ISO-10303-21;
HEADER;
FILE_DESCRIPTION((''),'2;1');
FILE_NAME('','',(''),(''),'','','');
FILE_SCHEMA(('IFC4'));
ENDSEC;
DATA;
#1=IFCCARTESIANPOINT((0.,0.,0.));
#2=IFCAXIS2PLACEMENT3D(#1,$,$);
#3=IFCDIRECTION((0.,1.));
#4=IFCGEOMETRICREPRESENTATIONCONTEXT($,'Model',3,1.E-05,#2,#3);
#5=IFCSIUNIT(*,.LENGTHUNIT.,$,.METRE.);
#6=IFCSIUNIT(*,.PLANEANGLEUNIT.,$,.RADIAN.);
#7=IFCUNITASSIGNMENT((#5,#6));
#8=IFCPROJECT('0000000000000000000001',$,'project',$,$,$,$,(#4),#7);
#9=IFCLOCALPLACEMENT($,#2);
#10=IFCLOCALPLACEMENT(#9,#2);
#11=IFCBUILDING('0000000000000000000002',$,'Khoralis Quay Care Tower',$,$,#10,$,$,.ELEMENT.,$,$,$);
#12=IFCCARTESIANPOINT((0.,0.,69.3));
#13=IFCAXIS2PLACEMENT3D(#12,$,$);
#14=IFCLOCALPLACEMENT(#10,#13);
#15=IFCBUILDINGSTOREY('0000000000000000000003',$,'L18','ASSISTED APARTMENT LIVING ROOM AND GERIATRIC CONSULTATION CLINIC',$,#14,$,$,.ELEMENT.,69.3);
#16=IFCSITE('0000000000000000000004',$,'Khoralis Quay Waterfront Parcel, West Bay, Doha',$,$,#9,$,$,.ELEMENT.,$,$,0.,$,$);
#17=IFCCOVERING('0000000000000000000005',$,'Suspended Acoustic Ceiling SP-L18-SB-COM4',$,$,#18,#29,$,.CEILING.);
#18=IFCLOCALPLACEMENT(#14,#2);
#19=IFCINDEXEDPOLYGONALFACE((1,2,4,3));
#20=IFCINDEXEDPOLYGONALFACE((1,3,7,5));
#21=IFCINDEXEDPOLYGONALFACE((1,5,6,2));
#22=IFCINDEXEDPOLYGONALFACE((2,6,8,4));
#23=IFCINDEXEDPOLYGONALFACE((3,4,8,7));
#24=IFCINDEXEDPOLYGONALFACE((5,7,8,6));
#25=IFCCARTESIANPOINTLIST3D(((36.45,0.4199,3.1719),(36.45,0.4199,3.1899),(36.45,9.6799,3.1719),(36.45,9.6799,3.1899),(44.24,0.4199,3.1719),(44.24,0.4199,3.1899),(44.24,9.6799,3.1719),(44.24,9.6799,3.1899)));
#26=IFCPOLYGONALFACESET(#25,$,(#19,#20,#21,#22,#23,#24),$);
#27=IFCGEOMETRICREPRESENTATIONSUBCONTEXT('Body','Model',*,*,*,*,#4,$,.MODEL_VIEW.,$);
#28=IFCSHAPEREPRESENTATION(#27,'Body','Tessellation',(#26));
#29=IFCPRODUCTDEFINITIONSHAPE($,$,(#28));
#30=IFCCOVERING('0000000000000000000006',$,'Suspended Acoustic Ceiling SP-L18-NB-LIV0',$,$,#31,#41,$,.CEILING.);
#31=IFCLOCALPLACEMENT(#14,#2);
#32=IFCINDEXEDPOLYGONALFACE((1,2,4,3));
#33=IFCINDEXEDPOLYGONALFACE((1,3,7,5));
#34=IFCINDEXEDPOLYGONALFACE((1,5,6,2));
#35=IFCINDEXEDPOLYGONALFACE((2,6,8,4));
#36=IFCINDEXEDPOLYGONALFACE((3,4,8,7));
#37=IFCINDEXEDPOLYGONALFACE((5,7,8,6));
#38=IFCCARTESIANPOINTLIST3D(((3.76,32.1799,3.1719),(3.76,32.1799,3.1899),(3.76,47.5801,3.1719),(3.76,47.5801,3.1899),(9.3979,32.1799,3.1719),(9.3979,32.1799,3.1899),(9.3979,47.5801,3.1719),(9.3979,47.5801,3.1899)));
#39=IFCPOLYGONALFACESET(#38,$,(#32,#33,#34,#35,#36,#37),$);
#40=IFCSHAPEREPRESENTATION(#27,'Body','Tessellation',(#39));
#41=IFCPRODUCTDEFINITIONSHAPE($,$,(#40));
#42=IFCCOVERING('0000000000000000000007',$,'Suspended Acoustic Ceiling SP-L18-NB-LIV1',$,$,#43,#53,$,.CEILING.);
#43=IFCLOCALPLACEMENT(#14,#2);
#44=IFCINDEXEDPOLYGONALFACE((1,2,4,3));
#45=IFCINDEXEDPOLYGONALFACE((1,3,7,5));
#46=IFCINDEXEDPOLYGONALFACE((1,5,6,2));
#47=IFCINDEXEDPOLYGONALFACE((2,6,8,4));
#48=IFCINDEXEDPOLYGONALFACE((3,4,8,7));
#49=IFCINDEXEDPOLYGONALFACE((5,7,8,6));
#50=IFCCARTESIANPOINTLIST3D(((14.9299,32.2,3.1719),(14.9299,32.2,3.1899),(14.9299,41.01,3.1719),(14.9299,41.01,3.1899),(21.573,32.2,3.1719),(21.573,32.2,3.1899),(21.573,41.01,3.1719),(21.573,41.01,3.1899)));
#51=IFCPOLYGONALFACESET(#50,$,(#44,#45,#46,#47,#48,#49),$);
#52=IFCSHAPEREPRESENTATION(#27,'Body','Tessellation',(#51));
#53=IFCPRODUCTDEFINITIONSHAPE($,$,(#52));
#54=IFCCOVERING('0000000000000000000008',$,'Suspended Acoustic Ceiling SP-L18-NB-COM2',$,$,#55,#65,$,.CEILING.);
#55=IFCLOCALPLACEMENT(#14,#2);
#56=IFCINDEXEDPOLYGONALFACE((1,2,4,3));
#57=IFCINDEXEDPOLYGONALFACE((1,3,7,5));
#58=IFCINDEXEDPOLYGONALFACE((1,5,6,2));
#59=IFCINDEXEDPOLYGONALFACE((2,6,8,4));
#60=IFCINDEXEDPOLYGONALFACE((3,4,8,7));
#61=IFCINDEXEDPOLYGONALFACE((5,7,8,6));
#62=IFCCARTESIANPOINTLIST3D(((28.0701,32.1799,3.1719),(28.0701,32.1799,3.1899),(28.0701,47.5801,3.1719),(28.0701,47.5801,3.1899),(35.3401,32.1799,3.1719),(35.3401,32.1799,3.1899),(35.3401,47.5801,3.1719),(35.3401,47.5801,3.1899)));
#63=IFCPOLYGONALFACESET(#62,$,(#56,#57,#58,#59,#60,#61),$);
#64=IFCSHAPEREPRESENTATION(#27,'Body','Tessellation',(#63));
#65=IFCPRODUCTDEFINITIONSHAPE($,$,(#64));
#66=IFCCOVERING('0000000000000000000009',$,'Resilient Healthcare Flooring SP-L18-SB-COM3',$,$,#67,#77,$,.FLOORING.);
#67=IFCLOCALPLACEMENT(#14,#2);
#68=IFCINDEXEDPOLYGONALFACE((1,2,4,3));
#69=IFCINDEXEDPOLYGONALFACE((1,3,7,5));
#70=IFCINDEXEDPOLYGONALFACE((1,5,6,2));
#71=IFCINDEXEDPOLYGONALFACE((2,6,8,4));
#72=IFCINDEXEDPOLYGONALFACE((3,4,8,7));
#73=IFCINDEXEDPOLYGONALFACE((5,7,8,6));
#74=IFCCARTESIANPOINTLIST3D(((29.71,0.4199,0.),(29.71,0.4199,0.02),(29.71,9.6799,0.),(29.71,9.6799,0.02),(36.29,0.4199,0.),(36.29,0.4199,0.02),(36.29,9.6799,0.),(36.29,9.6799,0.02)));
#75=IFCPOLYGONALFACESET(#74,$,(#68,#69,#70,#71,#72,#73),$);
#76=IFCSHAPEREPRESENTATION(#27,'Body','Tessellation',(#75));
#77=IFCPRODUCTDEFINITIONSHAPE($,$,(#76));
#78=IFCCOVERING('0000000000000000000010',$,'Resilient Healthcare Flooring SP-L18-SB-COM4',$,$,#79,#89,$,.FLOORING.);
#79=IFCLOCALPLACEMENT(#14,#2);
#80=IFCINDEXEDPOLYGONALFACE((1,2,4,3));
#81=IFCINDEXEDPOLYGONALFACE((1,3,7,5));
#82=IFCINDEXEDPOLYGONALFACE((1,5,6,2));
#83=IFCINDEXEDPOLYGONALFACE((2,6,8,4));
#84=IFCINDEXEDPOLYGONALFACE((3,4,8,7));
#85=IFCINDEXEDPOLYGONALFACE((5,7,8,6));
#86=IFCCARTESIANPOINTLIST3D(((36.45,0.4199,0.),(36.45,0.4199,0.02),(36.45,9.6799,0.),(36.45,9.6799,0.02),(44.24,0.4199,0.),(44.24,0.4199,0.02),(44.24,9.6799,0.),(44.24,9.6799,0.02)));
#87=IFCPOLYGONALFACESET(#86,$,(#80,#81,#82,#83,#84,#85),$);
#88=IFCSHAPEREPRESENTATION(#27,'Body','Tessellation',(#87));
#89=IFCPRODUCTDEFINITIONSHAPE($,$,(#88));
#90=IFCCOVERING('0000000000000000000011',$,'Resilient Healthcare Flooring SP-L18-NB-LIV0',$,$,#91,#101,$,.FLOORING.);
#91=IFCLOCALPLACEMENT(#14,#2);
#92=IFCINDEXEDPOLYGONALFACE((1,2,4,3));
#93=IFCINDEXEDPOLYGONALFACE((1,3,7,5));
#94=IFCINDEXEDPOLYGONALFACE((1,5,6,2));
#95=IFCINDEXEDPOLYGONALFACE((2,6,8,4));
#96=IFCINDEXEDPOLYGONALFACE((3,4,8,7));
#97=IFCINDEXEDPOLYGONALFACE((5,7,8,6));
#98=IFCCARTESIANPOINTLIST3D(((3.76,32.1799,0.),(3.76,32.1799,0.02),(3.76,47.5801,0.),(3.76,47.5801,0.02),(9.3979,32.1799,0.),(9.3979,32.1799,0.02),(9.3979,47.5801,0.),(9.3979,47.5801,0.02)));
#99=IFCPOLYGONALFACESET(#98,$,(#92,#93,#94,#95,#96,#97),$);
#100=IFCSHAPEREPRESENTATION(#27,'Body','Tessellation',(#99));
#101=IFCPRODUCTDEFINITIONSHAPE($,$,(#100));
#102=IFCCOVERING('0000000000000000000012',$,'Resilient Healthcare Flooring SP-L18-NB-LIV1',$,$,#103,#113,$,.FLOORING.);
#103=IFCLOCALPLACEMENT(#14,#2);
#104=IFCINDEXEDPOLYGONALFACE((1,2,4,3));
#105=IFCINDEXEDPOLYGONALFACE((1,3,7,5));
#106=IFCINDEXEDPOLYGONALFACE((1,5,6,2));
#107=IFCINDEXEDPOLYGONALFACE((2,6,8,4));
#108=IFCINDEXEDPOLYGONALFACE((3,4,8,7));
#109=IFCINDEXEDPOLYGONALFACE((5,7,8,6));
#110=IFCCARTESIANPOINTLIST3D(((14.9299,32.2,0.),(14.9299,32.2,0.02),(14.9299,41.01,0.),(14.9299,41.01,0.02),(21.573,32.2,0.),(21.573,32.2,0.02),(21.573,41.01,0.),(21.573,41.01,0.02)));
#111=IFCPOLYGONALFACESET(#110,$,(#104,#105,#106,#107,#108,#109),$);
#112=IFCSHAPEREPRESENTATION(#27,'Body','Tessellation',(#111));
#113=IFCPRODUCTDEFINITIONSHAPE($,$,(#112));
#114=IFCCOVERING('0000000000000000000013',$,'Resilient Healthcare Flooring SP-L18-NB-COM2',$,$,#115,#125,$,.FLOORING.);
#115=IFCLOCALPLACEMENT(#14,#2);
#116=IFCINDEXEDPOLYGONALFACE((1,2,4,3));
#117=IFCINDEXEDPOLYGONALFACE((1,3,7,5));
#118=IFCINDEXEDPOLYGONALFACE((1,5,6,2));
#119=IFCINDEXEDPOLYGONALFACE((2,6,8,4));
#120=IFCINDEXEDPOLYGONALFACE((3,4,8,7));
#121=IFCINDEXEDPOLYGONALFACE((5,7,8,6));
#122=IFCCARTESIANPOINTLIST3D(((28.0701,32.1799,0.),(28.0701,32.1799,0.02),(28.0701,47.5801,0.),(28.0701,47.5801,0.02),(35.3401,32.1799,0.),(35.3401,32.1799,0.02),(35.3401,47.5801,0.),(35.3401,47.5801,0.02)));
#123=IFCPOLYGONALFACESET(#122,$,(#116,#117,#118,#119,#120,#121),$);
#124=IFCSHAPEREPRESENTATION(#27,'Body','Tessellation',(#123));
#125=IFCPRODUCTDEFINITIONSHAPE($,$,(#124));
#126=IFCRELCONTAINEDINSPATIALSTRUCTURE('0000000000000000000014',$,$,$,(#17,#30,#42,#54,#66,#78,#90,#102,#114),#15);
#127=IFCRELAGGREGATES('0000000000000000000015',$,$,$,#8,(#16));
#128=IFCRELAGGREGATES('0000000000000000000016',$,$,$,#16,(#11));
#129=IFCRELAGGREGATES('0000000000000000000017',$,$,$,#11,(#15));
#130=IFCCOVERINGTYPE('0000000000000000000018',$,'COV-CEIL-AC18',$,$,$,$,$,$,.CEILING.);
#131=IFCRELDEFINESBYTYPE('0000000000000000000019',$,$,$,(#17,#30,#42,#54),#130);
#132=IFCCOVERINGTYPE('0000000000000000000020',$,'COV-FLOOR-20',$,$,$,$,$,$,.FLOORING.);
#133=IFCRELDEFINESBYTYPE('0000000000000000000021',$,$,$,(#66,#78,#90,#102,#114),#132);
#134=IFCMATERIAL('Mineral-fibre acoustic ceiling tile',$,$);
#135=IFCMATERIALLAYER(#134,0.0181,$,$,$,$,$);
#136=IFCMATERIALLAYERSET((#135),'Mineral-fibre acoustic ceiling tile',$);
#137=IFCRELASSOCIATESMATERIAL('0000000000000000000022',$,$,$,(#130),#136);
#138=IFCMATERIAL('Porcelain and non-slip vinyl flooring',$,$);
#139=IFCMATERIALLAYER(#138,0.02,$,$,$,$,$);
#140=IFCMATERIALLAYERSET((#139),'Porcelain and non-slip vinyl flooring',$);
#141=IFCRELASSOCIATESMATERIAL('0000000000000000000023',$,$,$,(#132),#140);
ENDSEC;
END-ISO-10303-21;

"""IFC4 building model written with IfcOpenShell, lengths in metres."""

from ifc_helpers import new_model, si_unit, direction, frame, origin, place, context, subcontext, project, spatial, polyline, outline, extrude, material, layer, layer_set, type_object, element, save


model = new_model("IFC4")

# Units and contexts
model_context = context("Model", 3, precision=1e-05, world=origin(), true_north=direction((0.0, 1.0)))
body_context = subcontext(model_context, "Body", "Model", "MODEL_VIEW")
ifc_project = project(units=[si_unit("LENGTHUNIT", "METRE"), si_unit("PLANEANGLEUNIT", "RADIAN")], contexts=[model_context])

# Site, building, storey
site_placement = place(None, origin())
site = spatial("IfcSite", under=ifc_project, at=site_placement, Name="Khoralis Quay Waterfront Parcel, West Bay, Doha", CompositionType="ELEMENT", RefElevation=0.0)
building_placement = place(site_placement, origin())
building = spatial("IfcBuilding", under=site, at=building_placement, Name="Khoralis Quay Care Tower", CompositionType="ELEMENT")
storey_placement = place(building_placement, frame((0.0, 0.0, 69.3)))
storey = spatial("IfcBuildingStorey", under=building, at=storey_placement, Name="L18", Description="ASSISTED APARTMENT LIVING ROOM AND GERIATRIC CONSULTATION CLINIC", CompositionType="ELEMENT", Elevation=69.3)

# Coverings
ifc_material_1 = material(Name="Mineral-fibre acoustic ceiling tile")
ifc_layer_1 = layer(ifc_material_1, 0.0181)
ifc_layer_set_1 = layer_set([ifc_layer_1], Name="Mineral-fibre acoustic ceiling tile")
covering_type_1 = type_object("IfcCoveringType", Name="COV-CEIL-AC18", PredefinedType="CEILING", material=ifc_layer_set_1)
covering_1_placement = place(storey_placement, frame((0.0, 0.0, 3.1719)))
element("IfcCovering", 1, at=covering_1_placement, inside=storey, type_object=covering_type_1, Name="Suspended Acoustic Ceiling SP-L18-SB-COM4", PredefinedType="CEILING", context=body_context, shape_type="SweptSolid", body=[
    extrude(outline(polyline([(36.45, 0.4199), (44.24, 0.4199), (44.24, 9.6799), (36.45, 9.6799), (36.45, 0.4199)])), origin(), (0.0, 0.0, 1.0), 0.0181),
])
covering_2_placement = place(storey_placement, frame((0.0, 0.0, 3.1719)))
element("IfcCovering", 2, at=covering_2_placement, inside=storey, type_object=covering_type_1, Name="Suspended Acoustic Ceiling SP-L18-NB-LIV0", PredefinedType="CEILING", context=body_context, shape_type="SweptSolid", body=[
    extrude(outline(polyline([(3.76, 32.1799), (9.3979, 32.1799), (9.3979, 47.5801), (3.76, 47.5801), (3.76, 32.1799)])), origin(), (0.0, 0.0, 1.0), 0.0181),
])
covering_3_placement = place(storey_placement, frame((0.0, 0.0, 3.1719)))
element("IfcCovering", 3, at=covering_3_placement, inside=storey, type_object=covering_type_1, Name="Suspended Acoustic Ceiling SP-L18-NB-LIV1", PredefinedType="CEILING", context=body_context, shape_type="SweptSolid", body=[
    extrude(outline(polyline([(14.9299, 32.2), (21.573, 32.2), (21.573, 41.01), (14.9299, 41.01), (14.9299, 32.2)])), origin(), (0.0, 0.0, 1.0), 0.0181),
])
covering_4_placement = place(storey_placement, frame((0.0, 0.0, 3.1719)))
element("IfcCovering", 4, at=covering_4_placement, inside=storey, type_object=covering_type_1, Name="Suspended Acoustic Ceiling SP-L18-NB-COM2", PredefinedType="CEILING", context=body_context, shape_type="SweptSolid", body=[
    extrude(outline(polyline([(28.0701, 32.1799), (35.3401, 32.1799), (35.3401, 47.5801), (28.0701, 47.5801), (28.0701, 32.1799)])), origin(), (0.0, 0.0, 1.0), 0.0181),
])
ifc_material_2 = material(Name="Porcelain and non-slip vinyl flooring")
ifc_layer_2 = layer(ifc_material_2, 0.02)
ifc_layer_set_2 = layer_set([ifc_layer_2], Name="Porcelain and non-slip vinyl flooring")
covering_type_2 = type_object("IfcCoveringType", Name="COV-FLOOR-20", PredefinedType="FLOORING", material=ifc_layer_set_2)
covering_5_placement = place(storey_placement, origin())
element("IfcCovering", 5, at=covering_5_placement, inside=storey, type_object=covering_type_2, Name="Resilient Healthcare Flooring SP-L18-SB-COM3", PredefinedType="FLOORING", context=body_context, shape_type="SweptSolid", body=[
    extrude(outline(polyline([(29.71, 0.4199), (36.29, 0.4199), (36.29, 9.6799), (29.71, 9.6799), (29.71, 0.4199)])), origin(), (0.0, 0.0, 1.0), 0.02),
])
covering_6_placement = place(storey_placement, origin())
element("IfcCovering", 6, at=covering_6_placement, inside=storey, type_object=covering_type_2, Name="Resilient Healthcare Flooring SP-L18-SB-COM4", PredefinedType="FLOORING", context=body_context, shape_type="SweptSolid", body=[
    extrude(outline(polyline([(36.45, 0.4199), (44.24, 0.4199), (44.24, 9.6799), (36.45, 9.6799), (36.45, 0.4199)])), origin(), (0.0, 0.0, 1.0), 0.02),
])
covering_7_placement = place(storey_placement, origin())
element("IfcCovering", 7, at=covering_7_placement, inside=storey, type_object=covering_type_2, Name="Resilient Healthcare Flooring SP-L18-NB-LIV0", PredefinedType="FLOORING", context=body_context, shape_type="SweptSolid", body=[
    extrude(outline(polyline([(3.76, 32.1799), (9.3979, 32.1799), (9.3979, 47.5801), (3.76, 47.5801), (3.76, 32.1799)])), origin(), (0.0, 0.0, 1.0), 0.02),
])
covering_8_placement = place(storey_placement, origin())
element("IfcCovering", 8, at=covering_8_placement, inside=storey, type_object=covering_type_2, Name="Resilient Healthcare Flooring SP-L18-NB-LIV1", PredefinedType="FLOORING", context=body_context, shape_type="SweptSolid", body=[
    extrude(outline(polyline([(14.9299, 32.2), (21.573, 32.2), (21.573, 41.01), (14.9299, 41.01), (14.9299, 32.2)])), origin(), (0.0, 0.0, 1.0), 0.02),
])
covering_9_placement = place(storey_placement, origin())
element("IfcCovering", 9, at=covering_9_placement, inside=storey, type_object=covering_type_2, Name="Resilient Healthcare Flooring SP-L18-NB-COM2", PredefinedType="FLOORING", context=body_context, shape_type="SweptSolid", body=[
    extrude(outline(polyline([(28.0701, 32.1799), (35.3401, 32.1799), (35.3401, 47.5801), (28.0701, 47.5801), (28.0701, 32.1799)])), origin(), (0.0, 0.0, 1.0), 0.02),
])

save(model, "model.ifc")
